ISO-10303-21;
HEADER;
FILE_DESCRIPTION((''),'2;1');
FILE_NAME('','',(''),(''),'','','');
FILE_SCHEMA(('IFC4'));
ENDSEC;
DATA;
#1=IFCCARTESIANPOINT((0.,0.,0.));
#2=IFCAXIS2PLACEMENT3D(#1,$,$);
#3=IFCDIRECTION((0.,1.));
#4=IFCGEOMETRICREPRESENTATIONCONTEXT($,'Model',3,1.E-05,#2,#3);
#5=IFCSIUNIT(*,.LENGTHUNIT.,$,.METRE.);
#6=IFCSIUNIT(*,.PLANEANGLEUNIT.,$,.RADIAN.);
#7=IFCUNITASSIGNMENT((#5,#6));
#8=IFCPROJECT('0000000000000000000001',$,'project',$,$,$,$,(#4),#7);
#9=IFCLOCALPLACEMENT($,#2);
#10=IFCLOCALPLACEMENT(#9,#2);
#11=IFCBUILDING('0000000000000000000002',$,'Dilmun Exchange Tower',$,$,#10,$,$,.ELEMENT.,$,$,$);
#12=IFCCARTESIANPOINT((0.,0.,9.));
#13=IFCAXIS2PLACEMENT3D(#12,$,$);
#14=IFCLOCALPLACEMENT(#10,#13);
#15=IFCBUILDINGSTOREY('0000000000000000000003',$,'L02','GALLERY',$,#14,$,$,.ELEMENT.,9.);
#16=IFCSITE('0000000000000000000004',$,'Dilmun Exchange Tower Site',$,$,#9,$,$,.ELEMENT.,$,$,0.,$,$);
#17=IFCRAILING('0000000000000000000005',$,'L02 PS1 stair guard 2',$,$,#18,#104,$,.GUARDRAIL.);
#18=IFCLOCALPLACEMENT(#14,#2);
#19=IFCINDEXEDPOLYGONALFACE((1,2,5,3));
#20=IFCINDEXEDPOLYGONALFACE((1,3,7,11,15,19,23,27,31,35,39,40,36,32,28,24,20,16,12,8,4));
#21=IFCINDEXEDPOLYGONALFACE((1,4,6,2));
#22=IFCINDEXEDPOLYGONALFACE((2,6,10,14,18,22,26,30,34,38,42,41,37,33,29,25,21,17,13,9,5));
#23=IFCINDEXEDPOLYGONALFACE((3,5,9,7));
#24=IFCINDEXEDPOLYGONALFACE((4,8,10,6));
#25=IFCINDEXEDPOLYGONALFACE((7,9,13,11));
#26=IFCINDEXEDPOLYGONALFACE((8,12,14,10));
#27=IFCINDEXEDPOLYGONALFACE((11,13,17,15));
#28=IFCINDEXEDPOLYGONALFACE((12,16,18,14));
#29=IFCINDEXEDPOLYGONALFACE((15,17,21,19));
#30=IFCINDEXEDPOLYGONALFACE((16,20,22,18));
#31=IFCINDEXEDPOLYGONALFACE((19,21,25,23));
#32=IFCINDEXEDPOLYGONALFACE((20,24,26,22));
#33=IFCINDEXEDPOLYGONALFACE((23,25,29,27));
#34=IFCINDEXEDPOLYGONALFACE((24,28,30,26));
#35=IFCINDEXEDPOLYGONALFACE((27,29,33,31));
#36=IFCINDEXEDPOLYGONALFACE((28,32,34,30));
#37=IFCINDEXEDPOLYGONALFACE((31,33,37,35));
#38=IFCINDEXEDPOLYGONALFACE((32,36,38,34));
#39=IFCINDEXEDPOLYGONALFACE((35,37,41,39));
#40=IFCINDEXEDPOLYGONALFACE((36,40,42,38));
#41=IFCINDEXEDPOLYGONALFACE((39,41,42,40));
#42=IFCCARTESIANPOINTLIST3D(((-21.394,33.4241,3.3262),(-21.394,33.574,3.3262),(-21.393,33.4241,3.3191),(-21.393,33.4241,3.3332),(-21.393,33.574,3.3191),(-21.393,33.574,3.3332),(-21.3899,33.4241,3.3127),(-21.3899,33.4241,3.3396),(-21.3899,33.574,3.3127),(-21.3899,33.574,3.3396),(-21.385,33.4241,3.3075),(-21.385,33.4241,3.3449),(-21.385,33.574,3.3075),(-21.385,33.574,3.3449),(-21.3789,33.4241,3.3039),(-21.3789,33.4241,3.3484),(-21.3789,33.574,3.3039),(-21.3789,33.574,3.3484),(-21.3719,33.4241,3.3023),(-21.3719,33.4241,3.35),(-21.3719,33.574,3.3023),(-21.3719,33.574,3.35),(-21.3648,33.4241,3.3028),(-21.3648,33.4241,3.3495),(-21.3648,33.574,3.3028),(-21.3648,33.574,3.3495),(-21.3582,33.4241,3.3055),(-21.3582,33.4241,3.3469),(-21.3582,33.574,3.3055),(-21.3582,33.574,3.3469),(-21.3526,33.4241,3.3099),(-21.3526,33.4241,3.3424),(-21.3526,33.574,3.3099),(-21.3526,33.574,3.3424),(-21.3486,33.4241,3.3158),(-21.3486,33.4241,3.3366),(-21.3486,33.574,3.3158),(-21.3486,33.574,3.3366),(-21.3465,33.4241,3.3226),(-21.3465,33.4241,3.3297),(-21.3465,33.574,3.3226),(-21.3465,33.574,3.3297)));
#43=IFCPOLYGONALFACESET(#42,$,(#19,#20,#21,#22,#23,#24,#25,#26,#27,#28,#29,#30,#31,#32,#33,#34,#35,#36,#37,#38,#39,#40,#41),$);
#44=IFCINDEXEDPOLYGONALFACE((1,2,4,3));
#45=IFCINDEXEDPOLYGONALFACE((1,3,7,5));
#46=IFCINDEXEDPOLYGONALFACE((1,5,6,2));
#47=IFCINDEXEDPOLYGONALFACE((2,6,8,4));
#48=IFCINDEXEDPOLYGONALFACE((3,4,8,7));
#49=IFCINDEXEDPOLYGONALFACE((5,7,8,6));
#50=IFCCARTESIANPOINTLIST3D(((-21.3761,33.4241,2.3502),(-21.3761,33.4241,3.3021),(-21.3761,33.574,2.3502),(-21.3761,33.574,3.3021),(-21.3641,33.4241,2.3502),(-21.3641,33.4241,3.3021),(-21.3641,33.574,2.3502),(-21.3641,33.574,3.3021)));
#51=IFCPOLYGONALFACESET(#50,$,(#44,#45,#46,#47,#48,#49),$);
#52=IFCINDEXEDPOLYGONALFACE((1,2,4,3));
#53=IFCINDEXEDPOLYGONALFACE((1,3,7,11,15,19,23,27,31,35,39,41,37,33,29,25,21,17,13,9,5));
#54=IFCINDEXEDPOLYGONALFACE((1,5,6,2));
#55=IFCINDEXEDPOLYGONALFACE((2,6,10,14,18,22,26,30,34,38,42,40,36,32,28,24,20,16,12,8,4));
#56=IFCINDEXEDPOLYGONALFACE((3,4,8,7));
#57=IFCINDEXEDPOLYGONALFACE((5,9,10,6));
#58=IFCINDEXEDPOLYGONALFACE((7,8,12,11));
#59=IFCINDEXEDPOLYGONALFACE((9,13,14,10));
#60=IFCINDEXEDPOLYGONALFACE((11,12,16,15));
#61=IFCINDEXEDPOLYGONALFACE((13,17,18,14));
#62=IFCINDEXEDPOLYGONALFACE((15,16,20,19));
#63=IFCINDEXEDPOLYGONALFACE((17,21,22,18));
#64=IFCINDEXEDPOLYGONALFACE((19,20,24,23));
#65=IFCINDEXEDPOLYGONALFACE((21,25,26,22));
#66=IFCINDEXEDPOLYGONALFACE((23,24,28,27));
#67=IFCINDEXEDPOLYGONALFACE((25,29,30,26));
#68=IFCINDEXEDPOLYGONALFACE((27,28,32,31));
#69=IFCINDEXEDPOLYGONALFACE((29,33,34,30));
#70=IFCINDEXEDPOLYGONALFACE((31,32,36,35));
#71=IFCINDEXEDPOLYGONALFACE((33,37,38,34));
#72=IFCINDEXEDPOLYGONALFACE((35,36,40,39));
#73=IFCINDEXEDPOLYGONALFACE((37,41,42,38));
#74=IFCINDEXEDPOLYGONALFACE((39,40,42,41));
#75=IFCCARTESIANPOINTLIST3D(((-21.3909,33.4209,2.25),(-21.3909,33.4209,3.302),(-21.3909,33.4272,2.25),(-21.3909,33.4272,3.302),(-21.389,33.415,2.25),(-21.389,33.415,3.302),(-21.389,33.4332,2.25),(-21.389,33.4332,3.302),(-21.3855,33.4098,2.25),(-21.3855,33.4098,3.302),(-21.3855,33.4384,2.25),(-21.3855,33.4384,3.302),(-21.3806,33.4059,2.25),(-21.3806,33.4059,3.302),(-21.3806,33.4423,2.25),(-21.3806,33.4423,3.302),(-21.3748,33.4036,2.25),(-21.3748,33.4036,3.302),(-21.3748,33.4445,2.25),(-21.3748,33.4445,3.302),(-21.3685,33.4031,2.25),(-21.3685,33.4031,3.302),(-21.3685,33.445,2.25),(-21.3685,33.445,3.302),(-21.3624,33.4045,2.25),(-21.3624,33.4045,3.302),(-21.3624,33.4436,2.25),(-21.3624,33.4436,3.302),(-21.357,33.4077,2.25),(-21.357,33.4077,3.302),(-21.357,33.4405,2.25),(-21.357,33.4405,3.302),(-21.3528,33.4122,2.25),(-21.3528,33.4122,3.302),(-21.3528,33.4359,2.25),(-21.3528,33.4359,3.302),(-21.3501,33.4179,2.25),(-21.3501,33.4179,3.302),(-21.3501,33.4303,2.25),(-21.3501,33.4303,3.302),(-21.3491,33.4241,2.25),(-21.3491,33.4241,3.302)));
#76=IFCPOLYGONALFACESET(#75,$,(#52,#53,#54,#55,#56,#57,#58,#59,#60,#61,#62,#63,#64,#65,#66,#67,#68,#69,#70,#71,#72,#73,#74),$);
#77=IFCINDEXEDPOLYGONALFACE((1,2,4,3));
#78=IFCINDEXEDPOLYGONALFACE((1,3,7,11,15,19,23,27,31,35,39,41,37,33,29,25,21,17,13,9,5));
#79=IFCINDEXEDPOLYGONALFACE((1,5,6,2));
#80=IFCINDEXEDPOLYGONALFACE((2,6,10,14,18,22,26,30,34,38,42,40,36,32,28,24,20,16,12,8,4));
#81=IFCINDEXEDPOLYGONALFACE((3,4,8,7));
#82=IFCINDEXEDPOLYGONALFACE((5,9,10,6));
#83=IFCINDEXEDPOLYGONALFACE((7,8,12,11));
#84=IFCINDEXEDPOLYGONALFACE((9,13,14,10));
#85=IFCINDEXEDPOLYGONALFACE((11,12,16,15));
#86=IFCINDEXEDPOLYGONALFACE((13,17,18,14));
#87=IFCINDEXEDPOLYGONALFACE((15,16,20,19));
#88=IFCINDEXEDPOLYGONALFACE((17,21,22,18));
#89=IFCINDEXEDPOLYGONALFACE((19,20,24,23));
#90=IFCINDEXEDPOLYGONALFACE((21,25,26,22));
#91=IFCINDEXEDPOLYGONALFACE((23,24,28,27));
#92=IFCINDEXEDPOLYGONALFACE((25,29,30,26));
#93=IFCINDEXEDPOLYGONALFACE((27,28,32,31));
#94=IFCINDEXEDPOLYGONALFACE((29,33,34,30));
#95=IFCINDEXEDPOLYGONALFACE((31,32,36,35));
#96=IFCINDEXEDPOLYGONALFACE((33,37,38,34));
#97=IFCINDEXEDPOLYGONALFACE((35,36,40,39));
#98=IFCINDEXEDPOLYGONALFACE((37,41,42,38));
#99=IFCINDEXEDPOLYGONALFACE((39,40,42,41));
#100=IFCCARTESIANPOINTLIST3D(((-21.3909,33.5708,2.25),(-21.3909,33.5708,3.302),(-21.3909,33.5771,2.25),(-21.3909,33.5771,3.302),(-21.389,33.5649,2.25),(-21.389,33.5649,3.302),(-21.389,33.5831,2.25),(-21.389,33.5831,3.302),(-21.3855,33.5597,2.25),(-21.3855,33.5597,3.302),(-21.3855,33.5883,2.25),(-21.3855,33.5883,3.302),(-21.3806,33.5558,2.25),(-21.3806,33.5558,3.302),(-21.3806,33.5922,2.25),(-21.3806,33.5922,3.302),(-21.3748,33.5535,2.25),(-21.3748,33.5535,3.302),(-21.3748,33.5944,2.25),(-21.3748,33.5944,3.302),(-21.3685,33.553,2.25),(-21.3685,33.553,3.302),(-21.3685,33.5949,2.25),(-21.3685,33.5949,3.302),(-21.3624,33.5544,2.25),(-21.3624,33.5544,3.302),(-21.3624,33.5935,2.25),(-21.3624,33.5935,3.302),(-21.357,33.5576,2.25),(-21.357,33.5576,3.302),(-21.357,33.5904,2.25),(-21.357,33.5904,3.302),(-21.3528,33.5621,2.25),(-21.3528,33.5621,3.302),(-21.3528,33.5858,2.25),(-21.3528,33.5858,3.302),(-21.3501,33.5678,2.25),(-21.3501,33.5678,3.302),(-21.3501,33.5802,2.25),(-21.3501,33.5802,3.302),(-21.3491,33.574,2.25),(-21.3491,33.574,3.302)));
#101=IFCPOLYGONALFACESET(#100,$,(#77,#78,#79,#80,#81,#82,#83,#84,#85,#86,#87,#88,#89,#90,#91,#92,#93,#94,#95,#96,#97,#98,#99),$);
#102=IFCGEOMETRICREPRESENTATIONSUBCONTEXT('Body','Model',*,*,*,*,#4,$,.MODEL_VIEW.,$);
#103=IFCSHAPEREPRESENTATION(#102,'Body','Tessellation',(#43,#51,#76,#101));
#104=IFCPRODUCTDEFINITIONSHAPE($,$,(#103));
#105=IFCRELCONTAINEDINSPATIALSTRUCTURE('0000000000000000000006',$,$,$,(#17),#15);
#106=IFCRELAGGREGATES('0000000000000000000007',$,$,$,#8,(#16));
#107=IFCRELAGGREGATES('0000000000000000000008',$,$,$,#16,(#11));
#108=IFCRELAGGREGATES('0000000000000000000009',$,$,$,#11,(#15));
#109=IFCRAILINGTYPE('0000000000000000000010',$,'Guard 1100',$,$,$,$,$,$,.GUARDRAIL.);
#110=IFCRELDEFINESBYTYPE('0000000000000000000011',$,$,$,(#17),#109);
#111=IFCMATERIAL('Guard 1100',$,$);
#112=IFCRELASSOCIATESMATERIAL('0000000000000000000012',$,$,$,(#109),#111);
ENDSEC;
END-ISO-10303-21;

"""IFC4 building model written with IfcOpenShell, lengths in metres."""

from ifc_helpers import new_model, si_unit, direction, frame, origin, origin_2d, place, context, subcontext, project, spatial, rectangle, circle, extrude, material, type_object, element, save


model = new_model("IFC4")

# Units and contexts
model_context = context("Model", 3, precision=1e-05, world=origin(), true_north=direction((0.0, 1.0)))
body_context = subcontext(model_context, "Body", "Model", "MODEL_VIEW")
ifc_project = project(units=[si_unit("LENGTHUNIT", "METRE"), si_unit("PLANEANGLEUNIT", "RADIAN")], contexts=[model_context])

# Site, building, storey
site_placement = place(None, origin())
site = spatial("IfcSite", under=ifc_project, at=site_placement, Name="Dilmun Exchange Tower Site", CompositionType="ELEMENT", RefElevation=0.0)
building_placement = place(site_placement, origin())
building = spatial("IfcBuilding", under=site, at=building_placement, Name="Dilmun Exchange Tower", CompositionType="ELEMENT")
storey_placement = place(building_placement, frame((0.0, 0.0, 9.0)))
storey = spatial("IfcBuildingStorey", under=building, at=storey_placement, Name="L02", Description="GALLERY", CompositionType="ELEMENT", Elevation=9.0)

# Railing
ifc_material_1 = material(Name="Guard 1100")
railing_type_1 = type_object("IfcRailingType", Name="Guard 1100", PredefinedType="GUARDRAIL", material=ifc_material_1)
railing_1_placement = place(storey_placement, frame((-21.3701, 33.4241, 2.25)))
element("IfcRailing", 1, at=railing_1_placement, inside=storey, type_object=railing_type_1, Name="L02 PS1 stair guard 2", PredefinedType="GUARDRAIL", context=body_context, shape_type="SweptSolid", body=[
    extrude(circle(Radius=0.0239, at=origin_2d()), frame((0.0, 0.0, 1.0762), z_axis=(0.0, 1.0, 0.0), x_axis=(-1.0, 0.0, 0.0)), (0.0, 0.0, 1.0), 0.1499),
    extrude(rectangle(XDim=0.012, YDim=0.9519, at=origin_2d()), frame((0.0, 0.0, 0.5762), z_axis=(0.0, 1.0, 0.0), x_axis=(-1.0, 0.0, 0.0)), (0.0, 0.0, 1.0), 0.1499),
    extrude(circle(Radius=0.021, at=origin_2d()), origin(), (0.0, 0.0, 1.0), 1.052),
    extrude(circle(Radius=0.021, at=origin_2d()), frame((0.0, 0.1499, 0.0)), (0.0, 0.0, 1.0), 1.052),
])

save(model, "model.ifc")
